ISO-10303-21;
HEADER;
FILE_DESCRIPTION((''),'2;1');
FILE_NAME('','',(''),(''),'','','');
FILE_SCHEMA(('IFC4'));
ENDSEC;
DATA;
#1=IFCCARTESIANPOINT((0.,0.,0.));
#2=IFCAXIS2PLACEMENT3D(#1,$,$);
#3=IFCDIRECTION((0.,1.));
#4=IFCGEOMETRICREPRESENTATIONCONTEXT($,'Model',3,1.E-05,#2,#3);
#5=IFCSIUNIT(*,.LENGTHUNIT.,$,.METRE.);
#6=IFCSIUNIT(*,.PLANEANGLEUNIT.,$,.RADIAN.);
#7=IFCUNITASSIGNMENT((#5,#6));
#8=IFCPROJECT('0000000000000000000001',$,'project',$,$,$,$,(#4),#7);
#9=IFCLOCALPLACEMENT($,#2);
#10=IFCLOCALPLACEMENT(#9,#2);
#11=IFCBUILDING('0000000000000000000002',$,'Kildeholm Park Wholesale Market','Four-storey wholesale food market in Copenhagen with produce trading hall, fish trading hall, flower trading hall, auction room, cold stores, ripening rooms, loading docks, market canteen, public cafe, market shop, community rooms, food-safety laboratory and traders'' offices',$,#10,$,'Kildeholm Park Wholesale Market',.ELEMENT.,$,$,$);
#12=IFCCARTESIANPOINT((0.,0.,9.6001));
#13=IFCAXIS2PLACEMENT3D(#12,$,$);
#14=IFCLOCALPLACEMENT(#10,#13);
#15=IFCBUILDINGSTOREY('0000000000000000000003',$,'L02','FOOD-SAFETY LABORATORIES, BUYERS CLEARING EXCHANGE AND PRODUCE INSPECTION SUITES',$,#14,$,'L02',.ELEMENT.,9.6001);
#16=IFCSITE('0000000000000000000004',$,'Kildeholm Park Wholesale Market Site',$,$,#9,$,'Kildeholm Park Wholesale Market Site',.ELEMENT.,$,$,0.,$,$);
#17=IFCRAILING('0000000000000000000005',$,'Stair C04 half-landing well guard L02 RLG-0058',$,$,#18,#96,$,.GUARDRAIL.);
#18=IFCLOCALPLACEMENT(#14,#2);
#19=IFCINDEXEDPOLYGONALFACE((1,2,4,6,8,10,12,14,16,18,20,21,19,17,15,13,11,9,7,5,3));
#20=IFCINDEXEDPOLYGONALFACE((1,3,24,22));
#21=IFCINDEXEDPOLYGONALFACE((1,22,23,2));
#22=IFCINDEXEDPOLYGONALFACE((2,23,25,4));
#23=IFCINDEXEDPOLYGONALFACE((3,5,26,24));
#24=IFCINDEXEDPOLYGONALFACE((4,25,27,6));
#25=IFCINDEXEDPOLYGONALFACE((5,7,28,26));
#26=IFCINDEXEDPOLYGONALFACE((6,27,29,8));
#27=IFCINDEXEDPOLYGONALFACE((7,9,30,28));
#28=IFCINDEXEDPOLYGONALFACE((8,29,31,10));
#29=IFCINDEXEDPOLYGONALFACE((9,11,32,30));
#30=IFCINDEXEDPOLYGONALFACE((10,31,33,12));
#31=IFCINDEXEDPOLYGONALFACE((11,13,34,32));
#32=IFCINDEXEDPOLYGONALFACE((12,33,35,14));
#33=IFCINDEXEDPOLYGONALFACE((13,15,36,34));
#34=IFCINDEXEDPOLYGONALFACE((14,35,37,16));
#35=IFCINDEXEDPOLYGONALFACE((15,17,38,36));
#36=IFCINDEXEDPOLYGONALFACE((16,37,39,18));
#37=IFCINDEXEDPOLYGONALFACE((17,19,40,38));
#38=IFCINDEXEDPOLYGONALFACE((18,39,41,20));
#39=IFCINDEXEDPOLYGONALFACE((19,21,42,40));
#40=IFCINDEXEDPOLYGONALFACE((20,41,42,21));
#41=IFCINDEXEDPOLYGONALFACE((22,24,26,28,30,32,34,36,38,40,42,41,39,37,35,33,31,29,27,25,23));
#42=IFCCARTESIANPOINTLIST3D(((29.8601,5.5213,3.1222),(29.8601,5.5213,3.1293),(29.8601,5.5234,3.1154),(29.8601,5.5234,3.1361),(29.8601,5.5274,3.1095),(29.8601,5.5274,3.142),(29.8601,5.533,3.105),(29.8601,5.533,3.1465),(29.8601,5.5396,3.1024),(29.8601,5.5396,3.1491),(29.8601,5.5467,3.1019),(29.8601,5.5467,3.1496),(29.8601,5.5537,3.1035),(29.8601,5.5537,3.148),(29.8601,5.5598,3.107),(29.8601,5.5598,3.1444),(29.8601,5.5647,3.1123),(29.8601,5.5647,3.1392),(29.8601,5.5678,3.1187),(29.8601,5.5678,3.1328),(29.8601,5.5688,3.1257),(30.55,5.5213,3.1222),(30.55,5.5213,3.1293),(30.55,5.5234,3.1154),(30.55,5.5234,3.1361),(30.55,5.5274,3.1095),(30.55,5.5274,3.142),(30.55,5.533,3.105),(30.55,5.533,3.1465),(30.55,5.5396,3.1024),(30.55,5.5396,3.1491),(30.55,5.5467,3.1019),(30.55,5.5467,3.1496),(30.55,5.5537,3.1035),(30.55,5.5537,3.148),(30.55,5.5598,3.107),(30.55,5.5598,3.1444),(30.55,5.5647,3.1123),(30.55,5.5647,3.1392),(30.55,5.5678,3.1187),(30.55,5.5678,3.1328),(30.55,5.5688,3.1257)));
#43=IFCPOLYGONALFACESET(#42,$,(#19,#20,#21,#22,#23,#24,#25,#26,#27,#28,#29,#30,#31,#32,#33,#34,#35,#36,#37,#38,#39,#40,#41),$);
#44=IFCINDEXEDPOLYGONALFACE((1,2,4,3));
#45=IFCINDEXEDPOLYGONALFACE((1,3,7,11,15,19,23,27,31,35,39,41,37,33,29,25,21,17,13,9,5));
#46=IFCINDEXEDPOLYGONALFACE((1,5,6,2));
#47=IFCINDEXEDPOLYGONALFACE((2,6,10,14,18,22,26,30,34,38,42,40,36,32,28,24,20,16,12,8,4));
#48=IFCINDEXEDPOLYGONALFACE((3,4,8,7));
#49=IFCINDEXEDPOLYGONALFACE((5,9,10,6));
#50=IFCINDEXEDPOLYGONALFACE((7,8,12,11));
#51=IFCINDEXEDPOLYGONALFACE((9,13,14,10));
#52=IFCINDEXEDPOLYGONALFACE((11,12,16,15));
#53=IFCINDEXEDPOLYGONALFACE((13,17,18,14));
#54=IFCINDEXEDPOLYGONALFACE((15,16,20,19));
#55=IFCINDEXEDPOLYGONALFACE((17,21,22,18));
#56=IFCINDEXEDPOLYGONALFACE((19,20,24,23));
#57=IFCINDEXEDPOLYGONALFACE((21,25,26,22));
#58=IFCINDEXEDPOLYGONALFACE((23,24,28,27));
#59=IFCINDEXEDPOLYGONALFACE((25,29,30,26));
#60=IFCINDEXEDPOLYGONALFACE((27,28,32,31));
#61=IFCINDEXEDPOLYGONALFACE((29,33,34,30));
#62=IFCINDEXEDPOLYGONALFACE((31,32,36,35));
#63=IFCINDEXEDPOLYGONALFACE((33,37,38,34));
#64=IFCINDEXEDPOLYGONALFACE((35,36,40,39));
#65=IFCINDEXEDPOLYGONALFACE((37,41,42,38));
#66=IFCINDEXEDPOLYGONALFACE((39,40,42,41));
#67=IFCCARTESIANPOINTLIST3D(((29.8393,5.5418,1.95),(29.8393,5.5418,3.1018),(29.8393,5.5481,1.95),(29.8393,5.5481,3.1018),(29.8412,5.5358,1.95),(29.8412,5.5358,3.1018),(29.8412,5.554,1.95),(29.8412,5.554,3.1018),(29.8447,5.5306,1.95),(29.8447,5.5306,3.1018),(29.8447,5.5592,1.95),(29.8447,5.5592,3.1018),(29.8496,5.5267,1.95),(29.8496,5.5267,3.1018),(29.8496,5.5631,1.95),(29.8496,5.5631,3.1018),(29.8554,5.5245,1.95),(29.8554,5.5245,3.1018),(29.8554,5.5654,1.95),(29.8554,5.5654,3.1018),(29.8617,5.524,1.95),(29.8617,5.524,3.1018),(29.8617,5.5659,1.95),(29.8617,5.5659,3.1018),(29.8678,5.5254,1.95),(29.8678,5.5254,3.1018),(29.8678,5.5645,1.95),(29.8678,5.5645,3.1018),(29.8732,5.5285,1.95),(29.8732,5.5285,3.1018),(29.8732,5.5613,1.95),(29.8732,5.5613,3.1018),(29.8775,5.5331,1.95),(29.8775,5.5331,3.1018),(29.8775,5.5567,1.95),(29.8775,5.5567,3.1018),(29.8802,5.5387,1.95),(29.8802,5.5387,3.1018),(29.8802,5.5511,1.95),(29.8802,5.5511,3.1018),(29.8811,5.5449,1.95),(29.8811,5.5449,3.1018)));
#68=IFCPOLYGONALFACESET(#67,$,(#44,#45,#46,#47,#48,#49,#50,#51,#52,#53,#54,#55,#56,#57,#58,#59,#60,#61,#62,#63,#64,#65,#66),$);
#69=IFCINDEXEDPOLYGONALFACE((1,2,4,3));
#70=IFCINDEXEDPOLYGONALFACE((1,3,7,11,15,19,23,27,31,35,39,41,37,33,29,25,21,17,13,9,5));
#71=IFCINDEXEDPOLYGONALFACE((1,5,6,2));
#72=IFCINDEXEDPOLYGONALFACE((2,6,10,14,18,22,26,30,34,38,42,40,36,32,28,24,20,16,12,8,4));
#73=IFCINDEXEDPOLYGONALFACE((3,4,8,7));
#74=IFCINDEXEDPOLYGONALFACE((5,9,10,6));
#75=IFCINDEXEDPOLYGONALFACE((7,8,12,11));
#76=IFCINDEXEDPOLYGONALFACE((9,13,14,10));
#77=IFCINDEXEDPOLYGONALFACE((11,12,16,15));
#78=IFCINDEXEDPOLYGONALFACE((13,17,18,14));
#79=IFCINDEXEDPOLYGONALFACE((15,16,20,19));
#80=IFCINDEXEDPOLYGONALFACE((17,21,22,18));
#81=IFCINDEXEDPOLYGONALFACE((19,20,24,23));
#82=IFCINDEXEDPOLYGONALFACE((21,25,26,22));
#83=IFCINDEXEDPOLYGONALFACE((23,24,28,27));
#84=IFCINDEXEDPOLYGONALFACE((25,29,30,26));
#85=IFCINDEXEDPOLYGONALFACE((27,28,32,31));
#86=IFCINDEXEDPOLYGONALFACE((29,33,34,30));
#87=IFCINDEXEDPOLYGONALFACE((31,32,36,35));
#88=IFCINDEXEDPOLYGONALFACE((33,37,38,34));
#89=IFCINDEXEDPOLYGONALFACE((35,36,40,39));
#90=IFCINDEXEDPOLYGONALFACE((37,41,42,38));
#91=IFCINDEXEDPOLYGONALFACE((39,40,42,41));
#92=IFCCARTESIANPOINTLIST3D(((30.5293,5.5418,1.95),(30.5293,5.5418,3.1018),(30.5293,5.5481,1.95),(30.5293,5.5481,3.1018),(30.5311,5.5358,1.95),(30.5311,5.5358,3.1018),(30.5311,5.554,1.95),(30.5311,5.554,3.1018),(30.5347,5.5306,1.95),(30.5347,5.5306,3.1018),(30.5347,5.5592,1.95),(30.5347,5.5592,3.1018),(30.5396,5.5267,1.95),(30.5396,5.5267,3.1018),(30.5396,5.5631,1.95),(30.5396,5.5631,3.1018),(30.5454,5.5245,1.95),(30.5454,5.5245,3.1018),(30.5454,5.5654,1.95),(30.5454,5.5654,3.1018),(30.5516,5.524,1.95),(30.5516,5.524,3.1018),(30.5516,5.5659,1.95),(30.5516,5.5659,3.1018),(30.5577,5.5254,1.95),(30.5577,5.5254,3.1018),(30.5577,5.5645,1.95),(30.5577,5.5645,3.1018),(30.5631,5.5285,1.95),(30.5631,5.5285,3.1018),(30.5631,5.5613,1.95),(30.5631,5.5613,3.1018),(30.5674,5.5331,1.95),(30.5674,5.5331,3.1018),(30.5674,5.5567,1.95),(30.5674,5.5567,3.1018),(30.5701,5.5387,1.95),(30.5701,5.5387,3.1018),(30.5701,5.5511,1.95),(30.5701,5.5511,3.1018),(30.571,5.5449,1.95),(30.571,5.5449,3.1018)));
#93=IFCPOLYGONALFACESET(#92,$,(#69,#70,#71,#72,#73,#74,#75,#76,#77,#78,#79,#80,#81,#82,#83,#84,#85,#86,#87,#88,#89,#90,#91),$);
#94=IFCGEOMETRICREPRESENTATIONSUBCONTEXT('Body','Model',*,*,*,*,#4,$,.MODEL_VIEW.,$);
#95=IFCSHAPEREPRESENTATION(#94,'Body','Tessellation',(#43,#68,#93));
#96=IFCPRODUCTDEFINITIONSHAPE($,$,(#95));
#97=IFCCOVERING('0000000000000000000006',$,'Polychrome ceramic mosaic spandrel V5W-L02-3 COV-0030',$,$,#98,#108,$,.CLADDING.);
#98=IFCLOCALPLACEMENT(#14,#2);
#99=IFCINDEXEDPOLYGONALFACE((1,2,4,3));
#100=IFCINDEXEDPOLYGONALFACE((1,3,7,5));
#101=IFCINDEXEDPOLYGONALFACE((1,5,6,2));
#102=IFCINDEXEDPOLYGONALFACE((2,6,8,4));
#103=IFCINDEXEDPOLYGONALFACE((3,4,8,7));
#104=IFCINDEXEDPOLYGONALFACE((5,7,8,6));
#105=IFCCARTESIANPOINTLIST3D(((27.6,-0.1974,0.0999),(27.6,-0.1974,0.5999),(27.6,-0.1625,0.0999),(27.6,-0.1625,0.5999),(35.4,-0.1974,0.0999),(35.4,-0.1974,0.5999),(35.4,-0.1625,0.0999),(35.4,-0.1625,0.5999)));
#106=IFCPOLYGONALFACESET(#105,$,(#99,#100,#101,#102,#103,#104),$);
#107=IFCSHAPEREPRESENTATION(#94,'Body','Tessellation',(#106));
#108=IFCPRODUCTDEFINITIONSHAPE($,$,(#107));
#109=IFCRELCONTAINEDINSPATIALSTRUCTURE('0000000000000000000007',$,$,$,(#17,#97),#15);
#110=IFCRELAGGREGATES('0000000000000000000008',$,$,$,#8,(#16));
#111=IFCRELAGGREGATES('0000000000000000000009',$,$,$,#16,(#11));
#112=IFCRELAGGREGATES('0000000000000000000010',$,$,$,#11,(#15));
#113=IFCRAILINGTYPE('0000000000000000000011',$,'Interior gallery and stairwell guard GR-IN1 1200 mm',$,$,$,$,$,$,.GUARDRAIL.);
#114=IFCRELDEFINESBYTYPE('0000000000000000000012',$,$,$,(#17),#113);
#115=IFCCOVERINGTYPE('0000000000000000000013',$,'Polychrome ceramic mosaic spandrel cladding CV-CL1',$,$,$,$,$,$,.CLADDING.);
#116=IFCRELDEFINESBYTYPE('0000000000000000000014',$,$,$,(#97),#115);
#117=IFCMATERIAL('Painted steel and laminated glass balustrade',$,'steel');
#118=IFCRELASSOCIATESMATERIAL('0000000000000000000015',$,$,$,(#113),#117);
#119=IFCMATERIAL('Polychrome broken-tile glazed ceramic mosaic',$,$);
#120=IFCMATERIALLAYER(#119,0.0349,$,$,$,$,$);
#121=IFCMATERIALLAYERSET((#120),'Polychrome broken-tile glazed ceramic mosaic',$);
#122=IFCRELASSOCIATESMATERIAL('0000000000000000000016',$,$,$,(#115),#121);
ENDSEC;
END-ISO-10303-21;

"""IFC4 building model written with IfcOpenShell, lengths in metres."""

from ifc_helpers import new_model, si_unit, direction, frame, origin, origin_2d, place, context, subcontext, project, spatial, rectangle, circle, extrude, material, layer, layer_set, type_object, element, save


model = new_model("IFC4")

# Units and contexts
model_context = context("Model", 3, precision=1e-05, world=origin(), true_north=direction((0.0, 1.0)))
body_context = subcontext(model_context, "Body", "Model", "MODEL_VIEW")
ifc_project = project(units=[si_unit("LENGTHUNIT", "METRE"), si_unit("PLANEANGLEUNIT", "RADIAN")], contexts=[model_context])

# Site, building, storey
site_placement = place(None, origin())
site = spatial("IfcSite", under=ifc_project, at=site_placement, Name="Kildeholm Park Wholesale Market Site", LongName="Kildeholm Park Wholesale Market Site", CompositionType="ELEMENT", RefElevation=0.0)
building_placement = place(site_placement, origin())
building = spatial("IfcBuilding", under=site, at=building_placement, Name="Kildeholm Park Wholesale Market", Description="Four-storey wholesale food market in Copenhagen with produce trading hall, fish trading hall, flower trading hall, auction room, cold stores, ripening rooms, loading docks, market canteen, public cafe, market shop, community rooms, food-safety laboratory and traders' offices", LongName="Kildeholm Park Wholesale Market", CompositionType="ELEMENT")
storey_placement = place(building_placement, frame((0.0, 0.0, 9.6001)))
storey = spatial("IfcBuildingStorey", under=building, at=storey_placement, Name="L02", Description="FOOD-SAFETY LABORATORIES, BUYERS CLEARING EXCHANGE AND PRODUCE INSPECTION SUITES", LongName="L02", CompositionType="ELEMENT", Elevation=9.6001)

# Railing
ifc_material_1 = material(Name="Painted steel and laminated glass balustrade", Category="steel")
railing_type_1 = type_object("IfcRailingType", Name="Interior gallery and stairwell guard GR-IN1 1200 mm", PredefinedType="GUARDRAIL", material=ifc_material_1)
railing_1_placement = place(storey_placement, frame((29.8601, 5.5449, 1.95)))
element("IfcRailing", 1, at=railing_1_placement, inside=storey, type_object=railing_type_1, Name="Stair C04 half-landing well guard L02 RLG-0058", PredefinedType="GUARDRAIL", context=body_context, shape_type="SweptSolid", body=[
    extrude(circle(Radius=0.0239, at=origin_2d()), frame((0.0, 0.0, 1.1758), z_axis=(1.0, 0.0, 0.0), x_axis=(0.0, 1.0, 0.0)), (0.0, 0.0, 1.0), 0.6899),
    extrude(circle(Radius=0.021, at=origin_2d()), origin(), (0.0, 0.0, 1.0), 1.1519),
    extrude(circle(Radius=0.021, at=origin_2d()), frame((0.6899, 0.0, 0.0)), (0.0, 0.0, 1.0), 1.1519),
])

# Covering
ifc_material_2 = material(Name="Polychrome broken-tile glazed ceramic mosaic")
ifc_layer_1 = layer(ifc_material_2, 0.0349)
ifc_layer_set_1 = layer_set([ifc_layer_1], Name="Polychrome broken-tile glazed ceramic mosaic")
covering_type = type_object("IfcCoveringType", Name="Polychrome ceramic mosaic spandrel cladding CV-CL1", PredefinedType="CLADDING", material=ifc_layer_set_1)
covering_placement = place(storey_placement, frame((31.5, -0.1799, 0.0999), z_axis=(0.0, 0.0, 1.0), x_axis=(1.0, 0.0, 0.0)))
element("IfcCovering", 2, at=covering_placement, inside=storey, type_object=covering_type, Name="Polychrome ceramic mosaic spandrel V5W-L02-3 COV-0030", PredefinedType="CLADDING", context=body_context, shape_type="SweptSolid", body=[
    extrude(rectangle(XDim=7.8, YDim=0.0349, at=origin_2d()), origin(), (0.0, 0.0, 1.0), 0.5),
])

save(model, "model.ifc")
